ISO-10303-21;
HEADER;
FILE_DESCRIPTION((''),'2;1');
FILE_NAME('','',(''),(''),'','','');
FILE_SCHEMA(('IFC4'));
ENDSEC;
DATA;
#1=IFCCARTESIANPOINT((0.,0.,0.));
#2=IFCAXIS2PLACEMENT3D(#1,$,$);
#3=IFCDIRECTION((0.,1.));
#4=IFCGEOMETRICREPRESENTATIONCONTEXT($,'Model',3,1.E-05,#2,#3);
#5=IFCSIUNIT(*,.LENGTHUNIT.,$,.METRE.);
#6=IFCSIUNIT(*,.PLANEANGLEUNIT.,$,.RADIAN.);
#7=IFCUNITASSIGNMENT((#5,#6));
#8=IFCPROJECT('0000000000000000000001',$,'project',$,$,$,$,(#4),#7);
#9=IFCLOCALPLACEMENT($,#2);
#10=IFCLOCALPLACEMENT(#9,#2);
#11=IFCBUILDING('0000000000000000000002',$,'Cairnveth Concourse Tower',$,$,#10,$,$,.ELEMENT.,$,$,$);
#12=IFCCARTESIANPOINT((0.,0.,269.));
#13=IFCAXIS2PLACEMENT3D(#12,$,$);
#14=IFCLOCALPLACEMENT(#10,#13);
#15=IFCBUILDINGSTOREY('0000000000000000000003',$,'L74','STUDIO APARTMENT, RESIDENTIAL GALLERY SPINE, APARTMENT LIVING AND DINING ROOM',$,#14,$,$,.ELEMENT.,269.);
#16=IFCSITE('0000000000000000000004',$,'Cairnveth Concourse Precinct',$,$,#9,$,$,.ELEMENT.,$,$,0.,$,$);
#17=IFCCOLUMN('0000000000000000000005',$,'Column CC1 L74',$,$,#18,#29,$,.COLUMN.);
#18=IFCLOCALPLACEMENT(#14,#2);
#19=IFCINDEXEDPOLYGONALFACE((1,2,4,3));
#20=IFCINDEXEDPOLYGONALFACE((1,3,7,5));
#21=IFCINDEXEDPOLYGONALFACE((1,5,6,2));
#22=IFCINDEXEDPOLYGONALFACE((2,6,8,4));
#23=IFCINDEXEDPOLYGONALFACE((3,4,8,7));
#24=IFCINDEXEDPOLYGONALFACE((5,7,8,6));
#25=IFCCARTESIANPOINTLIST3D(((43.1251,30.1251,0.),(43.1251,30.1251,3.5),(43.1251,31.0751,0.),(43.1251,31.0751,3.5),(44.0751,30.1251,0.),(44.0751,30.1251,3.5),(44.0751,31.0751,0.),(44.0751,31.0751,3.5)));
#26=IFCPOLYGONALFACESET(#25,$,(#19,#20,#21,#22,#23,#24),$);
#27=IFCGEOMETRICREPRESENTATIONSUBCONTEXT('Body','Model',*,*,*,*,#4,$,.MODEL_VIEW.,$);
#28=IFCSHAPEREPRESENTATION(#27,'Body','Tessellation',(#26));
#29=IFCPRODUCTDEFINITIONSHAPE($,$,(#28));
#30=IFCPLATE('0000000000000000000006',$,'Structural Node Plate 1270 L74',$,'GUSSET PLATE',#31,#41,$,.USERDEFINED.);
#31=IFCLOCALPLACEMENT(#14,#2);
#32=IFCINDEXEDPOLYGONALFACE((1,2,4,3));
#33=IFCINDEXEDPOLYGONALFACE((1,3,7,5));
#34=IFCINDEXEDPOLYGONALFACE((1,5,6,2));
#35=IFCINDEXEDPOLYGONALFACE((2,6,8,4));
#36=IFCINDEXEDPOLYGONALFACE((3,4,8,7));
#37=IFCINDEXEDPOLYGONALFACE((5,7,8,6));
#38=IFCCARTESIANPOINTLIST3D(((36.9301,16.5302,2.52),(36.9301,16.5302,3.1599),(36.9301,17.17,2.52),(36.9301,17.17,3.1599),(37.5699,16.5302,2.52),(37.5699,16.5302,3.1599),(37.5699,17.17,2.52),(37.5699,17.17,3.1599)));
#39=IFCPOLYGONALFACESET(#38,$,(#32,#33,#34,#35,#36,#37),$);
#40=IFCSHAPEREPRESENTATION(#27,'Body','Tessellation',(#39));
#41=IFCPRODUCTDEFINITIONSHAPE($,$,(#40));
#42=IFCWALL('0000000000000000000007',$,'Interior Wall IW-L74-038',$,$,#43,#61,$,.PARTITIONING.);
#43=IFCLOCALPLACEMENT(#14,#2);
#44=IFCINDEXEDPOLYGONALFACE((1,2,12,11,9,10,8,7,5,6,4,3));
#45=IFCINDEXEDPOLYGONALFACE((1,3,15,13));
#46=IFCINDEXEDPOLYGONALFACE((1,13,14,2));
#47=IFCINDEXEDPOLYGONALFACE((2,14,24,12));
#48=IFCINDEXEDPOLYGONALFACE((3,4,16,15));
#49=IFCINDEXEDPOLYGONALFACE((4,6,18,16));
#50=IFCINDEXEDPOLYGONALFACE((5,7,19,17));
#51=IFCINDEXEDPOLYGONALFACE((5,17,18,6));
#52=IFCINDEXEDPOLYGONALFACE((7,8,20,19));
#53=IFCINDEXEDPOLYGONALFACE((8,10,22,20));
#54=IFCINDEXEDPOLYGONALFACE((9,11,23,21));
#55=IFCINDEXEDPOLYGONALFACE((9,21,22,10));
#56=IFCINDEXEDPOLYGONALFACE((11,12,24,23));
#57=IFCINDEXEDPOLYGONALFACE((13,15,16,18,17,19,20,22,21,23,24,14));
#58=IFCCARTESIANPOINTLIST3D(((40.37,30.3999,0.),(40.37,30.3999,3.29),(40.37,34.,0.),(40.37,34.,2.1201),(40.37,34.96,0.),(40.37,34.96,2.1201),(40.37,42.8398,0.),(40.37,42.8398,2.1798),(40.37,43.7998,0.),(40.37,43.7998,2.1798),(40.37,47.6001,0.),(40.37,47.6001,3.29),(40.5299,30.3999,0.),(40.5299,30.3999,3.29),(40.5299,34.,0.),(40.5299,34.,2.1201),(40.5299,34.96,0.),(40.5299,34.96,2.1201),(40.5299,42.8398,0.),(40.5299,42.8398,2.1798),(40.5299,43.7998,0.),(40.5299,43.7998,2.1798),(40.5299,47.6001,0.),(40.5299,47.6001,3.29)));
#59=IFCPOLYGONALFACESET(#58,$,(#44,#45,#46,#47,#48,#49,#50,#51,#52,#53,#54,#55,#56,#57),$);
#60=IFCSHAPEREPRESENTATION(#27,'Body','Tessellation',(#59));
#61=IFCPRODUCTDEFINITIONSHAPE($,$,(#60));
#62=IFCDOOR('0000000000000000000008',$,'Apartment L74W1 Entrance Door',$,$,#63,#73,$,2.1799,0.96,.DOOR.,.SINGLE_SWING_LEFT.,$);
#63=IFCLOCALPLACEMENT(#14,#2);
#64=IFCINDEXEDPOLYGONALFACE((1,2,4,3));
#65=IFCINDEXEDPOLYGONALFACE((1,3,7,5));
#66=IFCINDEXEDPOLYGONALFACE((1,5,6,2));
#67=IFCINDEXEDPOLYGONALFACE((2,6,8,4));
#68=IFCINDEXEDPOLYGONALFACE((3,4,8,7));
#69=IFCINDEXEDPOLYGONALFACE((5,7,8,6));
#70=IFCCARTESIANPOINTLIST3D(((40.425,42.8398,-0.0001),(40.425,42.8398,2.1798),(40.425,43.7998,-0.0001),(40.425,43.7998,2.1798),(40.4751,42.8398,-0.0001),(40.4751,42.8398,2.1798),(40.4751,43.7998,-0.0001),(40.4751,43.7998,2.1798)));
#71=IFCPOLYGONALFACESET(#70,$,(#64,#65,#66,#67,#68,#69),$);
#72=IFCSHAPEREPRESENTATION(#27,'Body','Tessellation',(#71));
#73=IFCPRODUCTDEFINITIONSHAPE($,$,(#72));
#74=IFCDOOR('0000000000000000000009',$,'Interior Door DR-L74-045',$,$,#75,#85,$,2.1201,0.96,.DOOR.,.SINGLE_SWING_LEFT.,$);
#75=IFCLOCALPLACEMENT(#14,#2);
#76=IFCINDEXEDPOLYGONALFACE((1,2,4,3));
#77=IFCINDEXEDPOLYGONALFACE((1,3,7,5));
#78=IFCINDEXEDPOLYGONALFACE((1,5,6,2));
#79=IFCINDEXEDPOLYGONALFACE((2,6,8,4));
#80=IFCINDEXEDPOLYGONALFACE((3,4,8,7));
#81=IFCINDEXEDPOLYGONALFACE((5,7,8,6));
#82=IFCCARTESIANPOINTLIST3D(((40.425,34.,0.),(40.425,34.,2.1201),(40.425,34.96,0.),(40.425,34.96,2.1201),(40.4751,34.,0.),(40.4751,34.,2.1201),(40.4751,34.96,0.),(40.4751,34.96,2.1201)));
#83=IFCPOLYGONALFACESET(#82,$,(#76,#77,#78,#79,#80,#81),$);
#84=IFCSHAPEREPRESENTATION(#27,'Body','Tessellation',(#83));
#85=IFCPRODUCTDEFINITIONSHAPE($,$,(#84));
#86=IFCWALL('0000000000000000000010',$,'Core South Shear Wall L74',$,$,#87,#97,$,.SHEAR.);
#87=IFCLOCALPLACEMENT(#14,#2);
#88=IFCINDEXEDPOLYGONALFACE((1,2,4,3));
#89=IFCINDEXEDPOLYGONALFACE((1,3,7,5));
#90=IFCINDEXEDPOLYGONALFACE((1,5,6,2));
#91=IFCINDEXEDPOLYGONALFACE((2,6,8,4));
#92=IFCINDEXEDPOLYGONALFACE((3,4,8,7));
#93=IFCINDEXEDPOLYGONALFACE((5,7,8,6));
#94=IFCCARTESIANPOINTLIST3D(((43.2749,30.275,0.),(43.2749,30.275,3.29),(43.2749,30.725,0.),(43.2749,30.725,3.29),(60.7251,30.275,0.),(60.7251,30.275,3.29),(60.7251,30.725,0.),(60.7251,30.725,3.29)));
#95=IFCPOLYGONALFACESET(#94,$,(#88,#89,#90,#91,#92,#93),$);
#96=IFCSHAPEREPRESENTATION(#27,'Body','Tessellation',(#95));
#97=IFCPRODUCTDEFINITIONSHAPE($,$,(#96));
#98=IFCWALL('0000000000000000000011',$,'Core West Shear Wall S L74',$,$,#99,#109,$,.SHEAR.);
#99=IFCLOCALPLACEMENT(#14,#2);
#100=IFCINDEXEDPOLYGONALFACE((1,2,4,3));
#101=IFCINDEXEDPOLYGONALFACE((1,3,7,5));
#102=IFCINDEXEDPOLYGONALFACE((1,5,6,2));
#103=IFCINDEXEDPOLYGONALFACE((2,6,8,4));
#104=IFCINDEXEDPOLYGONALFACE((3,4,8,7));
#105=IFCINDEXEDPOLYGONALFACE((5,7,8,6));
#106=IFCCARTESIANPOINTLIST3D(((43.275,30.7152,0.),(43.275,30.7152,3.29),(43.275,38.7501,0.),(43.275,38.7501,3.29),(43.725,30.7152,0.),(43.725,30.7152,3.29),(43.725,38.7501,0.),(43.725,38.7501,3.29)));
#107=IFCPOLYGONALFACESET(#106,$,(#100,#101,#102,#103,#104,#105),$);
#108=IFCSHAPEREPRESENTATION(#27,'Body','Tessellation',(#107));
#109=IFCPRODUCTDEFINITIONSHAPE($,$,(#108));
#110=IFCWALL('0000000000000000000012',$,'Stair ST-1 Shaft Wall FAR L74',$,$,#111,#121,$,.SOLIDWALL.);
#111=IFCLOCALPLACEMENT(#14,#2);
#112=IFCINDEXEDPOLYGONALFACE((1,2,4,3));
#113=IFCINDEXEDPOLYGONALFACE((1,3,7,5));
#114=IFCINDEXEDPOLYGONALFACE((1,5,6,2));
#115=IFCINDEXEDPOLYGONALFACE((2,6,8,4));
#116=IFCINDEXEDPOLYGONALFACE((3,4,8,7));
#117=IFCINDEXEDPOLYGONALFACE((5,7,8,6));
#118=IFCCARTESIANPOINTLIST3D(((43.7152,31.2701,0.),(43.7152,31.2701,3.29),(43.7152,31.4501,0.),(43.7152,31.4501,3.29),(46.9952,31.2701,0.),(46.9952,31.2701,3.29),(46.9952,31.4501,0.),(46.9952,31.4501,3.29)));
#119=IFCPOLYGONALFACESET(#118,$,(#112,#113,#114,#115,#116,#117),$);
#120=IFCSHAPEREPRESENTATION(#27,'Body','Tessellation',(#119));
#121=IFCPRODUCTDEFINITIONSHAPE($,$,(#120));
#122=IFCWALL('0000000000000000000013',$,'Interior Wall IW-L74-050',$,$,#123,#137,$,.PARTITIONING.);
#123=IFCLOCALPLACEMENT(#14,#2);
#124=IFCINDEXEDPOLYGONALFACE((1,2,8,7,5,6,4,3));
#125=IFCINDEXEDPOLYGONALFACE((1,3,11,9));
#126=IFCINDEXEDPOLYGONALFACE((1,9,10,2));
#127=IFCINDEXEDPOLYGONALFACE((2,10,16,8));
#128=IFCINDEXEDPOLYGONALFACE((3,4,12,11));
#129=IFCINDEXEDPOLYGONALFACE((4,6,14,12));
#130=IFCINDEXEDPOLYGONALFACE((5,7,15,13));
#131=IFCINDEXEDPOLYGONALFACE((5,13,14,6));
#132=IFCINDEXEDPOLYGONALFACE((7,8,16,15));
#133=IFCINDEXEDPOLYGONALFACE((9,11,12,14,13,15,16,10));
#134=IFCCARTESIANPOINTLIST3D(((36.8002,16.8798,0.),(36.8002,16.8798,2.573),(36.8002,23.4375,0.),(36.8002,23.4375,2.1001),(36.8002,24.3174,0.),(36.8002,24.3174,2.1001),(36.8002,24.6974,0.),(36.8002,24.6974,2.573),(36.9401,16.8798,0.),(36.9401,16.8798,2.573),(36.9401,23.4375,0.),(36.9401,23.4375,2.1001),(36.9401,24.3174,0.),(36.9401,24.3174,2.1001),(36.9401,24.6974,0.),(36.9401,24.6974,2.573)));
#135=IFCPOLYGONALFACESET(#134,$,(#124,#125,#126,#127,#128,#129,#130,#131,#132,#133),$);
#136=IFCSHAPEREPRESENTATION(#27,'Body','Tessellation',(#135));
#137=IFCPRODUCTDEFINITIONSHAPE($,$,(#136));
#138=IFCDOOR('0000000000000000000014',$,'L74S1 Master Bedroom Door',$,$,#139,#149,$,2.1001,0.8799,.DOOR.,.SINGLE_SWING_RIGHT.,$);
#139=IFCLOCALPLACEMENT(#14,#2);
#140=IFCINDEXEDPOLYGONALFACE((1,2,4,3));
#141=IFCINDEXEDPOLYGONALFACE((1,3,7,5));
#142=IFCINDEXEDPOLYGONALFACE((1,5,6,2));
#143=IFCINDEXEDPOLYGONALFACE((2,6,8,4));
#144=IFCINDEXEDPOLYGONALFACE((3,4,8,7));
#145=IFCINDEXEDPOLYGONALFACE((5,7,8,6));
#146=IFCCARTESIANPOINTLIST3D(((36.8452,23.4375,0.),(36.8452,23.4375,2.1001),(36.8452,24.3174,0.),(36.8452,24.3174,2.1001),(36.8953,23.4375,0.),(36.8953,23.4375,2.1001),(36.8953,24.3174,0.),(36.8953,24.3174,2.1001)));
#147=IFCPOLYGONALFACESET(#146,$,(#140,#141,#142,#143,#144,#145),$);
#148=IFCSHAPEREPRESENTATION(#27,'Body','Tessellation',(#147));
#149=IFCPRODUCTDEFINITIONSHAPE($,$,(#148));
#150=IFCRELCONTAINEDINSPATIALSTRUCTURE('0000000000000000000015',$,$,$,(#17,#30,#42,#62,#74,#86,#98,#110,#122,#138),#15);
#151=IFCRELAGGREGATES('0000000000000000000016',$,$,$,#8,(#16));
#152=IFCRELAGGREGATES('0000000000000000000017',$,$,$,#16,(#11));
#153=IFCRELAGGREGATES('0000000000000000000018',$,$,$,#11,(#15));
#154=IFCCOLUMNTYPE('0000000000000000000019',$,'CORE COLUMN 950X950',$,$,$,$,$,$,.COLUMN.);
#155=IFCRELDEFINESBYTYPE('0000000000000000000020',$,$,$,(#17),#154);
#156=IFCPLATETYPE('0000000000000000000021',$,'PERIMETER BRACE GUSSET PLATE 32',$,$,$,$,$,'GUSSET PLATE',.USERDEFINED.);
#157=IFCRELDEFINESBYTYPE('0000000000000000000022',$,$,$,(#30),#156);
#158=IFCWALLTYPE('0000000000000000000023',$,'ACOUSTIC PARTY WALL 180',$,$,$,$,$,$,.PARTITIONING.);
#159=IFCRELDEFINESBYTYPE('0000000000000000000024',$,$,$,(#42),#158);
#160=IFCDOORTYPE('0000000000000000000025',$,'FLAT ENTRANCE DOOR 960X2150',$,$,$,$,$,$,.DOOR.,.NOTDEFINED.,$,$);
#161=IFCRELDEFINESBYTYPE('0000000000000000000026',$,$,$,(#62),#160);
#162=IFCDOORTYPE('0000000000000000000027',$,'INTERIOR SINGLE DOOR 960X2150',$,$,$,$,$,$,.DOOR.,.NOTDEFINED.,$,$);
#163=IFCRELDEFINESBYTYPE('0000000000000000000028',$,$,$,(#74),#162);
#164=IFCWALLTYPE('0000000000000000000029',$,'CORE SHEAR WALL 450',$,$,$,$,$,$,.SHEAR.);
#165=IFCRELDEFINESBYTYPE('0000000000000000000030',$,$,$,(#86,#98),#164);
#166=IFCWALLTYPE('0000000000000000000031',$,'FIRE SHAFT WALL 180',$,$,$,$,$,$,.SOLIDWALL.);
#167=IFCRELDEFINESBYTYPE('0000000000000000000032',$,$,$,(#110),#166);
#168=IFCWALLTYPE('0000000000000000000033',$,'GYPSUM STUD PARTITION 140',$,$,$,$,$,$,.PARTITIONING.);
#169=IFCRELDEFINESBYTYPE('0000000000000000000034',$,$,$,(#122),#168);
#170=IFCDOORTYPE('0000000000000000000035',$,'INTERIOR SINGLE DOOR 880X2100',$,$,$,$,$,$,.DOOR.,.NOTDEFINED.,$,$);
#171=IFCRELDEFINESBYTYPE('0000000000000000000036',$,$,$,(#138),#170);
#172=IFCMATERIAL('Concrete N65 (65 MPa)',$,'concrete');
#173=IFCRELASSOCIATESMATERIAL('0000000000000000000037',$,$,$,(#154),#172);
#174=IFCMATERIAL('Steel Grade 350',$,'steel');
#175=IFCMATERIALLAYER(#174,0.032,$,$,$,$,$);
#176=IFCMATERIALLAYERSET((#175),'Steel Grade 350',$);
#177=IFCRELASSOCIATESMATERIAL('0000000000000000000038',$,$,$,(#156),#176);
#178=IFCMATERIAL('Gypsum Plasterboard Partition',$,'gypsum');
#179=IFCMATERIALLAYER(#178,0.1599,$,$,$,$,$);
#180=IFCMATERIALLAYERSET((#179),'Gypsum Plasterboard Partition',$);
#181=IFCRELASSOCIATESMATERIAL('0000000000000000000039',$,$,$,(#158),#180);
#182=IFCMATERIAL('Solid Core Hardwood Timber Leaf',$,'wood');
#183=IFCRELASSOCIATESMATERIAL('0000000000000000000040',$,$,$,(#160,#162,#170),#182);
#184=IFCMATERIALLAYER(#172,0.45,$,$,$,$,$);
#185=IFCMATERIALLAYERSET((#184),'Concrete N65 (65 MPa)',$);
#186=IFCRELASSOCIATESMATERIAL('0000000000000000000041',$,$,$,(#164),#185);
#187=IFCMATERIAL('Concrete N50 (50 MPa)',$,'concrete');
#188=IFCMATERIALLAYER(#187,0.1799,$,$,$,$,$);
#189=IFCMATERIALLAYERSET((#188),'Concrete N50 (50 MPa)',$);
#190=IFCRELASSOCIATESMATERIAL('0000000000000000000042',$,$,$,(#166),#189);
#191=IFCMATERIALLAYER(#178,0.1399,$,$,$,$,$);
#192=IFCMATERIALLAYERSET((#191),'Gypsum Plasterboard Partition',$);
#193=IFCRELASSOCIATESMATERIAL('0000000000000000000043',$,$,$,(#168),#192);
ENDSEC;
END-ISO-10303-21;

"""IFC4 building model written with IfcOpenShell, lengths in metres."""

from ifc_helpers import new_model, si_unit, direction, frame, frame_2d, origin, origin_2d, place, context, subcontext, project, spatial, rectangle, extrude, material, layer, layer_set, material_profile, profile_set, type_object, element, fill, save


model = new_model("IFC4")

# Units and contexts
model_context = context("Model", 3, precision=1e-05, world=origin(), true_north=direction((0.0, 1.0)))
body_context = subcontext(model_context, "Body", "Model", "MODEL_VIEW")
ifc_project = project(units=[si_unit("LENGTHUNIT", "METRE"), si_unit("PLANEANGLEUNIT", "RADIAN")], contexts=[model_context])

# Site, building, storey
site_placement = place(None, origin())
site = spatial("IfcSite", under=ifc_project, at=site_placement, Name="Cairnveth Concourse Precinct", CompositionType="ELEMENT", RefElevation=0.0)
building_placement = place(site_placement, origin())
building = spatial("IfcBuilding", under=site, at=building_placement, Name="Cairnveth Concourse Tower", CompositionType="ELEMENT")
storey_placement = place(building_placement, frame((0.0, 0.0, 269.0)))
storey = spatial("IfcBuildingStorey", under=building, at=storey_placement, Name="L74", Description="STUDIO APARTMENT, RESIDENTIAL GALLERY SPINE, APARTMENT LIVING AND DINING ROOM", CompositionType="ELEMENT", Elevation=269.0)

# Column
ifc_material_1 = material(Name="Concrete N65 (65 MPa)", Category="concrete")
ifc_material_profile = material_profile(ifc_material_1, rectangle(XDim=0.95, YDim=0.95, at=origin_2d()), Name="RC-COL-950x950")
ifc_profile_set = profile_set([ifc_material_profile], Name="Concrete N65 (65 MPa)")
column_type = type_object("IfcColumnType", Name="CORE COLUMN 950X950", PredefinedType="COLUMN", material=ifc_profile_set)
column_placement = place(storey_placement, frame((43.6001, 30.6001, 0.0), z_axis=(0.0, 0.0, 1.0), x_axis=(1.0, 0.0, 0.0)))
element("IfcColumn", 1, at=column_placement, inside=storey, type_object=column_type, Name="Column CC1 L74", PredefinedType="COLUMN", context=body_context, shape_type="SweptSolid", body=[
    extrude(rectangle(XDim=0.95, YDim=0.95, at=origin_2d()), origin(), (0.0, 0.0, 1.0), 3.5),
])

# Plate
ifc_material_2 = material(Name="Steel Grade 350", Category="steel")
ifc_layer_1 = layer(ifc_material_2, 0.032)
ifc_layer_set_1 = layer_set([ifc_layer_1], Name="Steel Grade 350")
plate_type = type_object("IfcPlateType", Name="PERIMETER BRACE GUSSET PLATE 32", ElementType="GUSSET PLATE", PredefinedType="USERDEFINED", material=ifc_layer_set_1)
plate_placement = place(storey_placement, frame((37.25, 16.8501, 2.52), z_axis=(0.0, 0.0, 1.0), x_axis=(1.0, 0.0, 0.0)))
element("IfcPlate", 2, at=plate_placement, inside=storey, type_object=plate_type, Name="Structural Node Plate 1270 L74", ObjectType="GUSSET PLATE", PredefinedType="USERDEFINED", context=body_context, shape_type="SweptSolid", body=[
    extrude(rectangle(XDim=0.6399, YDim=0.6399, at=origin_2d()), origin(), (0.0, 0.0, 1.0), 0.6399),
])

# Wall, openings, doors
ifc_material_3 = material(Name="Gypsum Plasterboard Partition", Category="gypsum")
ifc_layer_2 = layer(ifc_material_3, 0.1599)
ifc_layer_set_2 = layer_set([ifc_layer_2], Name="Gypsum Plasterboard Partition")
wall_type_1 = type_object("IfcWallType", Name="ACOUSTIC PARTY WALL 180", PredefinedType="PARTITIONING", material=ifc_layer_set_2)
wall_1_placement = place(storey_placement, frame((40.45, 30.3999, 0.0), z_axis=(0.0, 0.0, 1.0), x_axis=(0.0, 1.0, 0.0)))
wall_1 = element("IfcWall", 3, at=wall_1_placement, inside=storey, type_object=wall_type_1, Name="Interior Wall IW-L74-038", PredefinedType="PARTITIONING", context=body_context, shape_type="SweptSolid", body=[
    extrude(rectangle(XDim=17.2002, YDim=0.1599, at=frame_2d((8.6001, 0.0))), origin(), (0.0, 0.0, 1.0), 3.29),
])
opening_1_placement = place(wall_1_placement, frame((3.6001, 0.0, 0.0)))
opening_1 = element("IfcOpeningElement", 4, at=opening_1_placement, cuts=wall_1, PredefinedType="OPENING", context=body_context, shape_type="SweptSolid", body=[
    extrude(rectangle(XDim=0.96, YDim=2.1201, at=frame_2d((0.48, 1.0601))), frame((0.0, 0.0898, 0.0), z_axis=(0.0, -1.0, 0.0), x_axis=(1.0, 0.0, 0.0)), (0.0, 0.0, 1.0), 0.1799),
])
opening_2_placement = place(wall_1_placement, frame((12.4399, 0.0, 0.0)))
opening_2 = element("IfcOpeningElement", 5, at=opening_2_placement, cuts=wall_1, PredefinedType="OPENING", context=body_context, shape_type="SweptSolid", body=[
    extrude(rectangle(XDim=0.96, YDim=2.1799, at=frame_2d((0.48, 1.0898))), frame((0.0, 0.0898, 0.0), z_axis=(0.0, -1.0, 0.0), x_axis=(1.0, 0.0, 0.0)), (0.0, 0.0, 1.0), 0.1799),
])
ifc_material_4 = material(Name="Solid Core Hardwood Timber Leaf", Category="wood")
door_type_1 = type_object("IfcDoorType", Name="FLAT ENTRANCE DOOR 960X2150", OperationType="NOTDEFINED", PredefinedType="DOOR", material=ifc_material_4)
door_1_placement = place(opening_2_placement, origin())
door_1 = element("IfcDoor", 6, at=door_1_placement, inside=storey, type_object=door_type_1, Name="Apartment L74W1 Entrance Door", OperationType="SINGLE_SWING_LEFT", OverallHeight=2.1799, OverallWidth=0.96, PredefinedType="DOOR", context=body_context, shape_type="SweptSolid", body=[
    extrude(rectangle(XDim=0.96, YDim=2.1799, at=frame_2d((0.48, 1.0898))), frame((0.0, 0.0249, 0.0), z_axis=(0.0, -1.0, 0.0), x_axis=(1.0, 0.0, 0.0)), (0.0, 0.0, 1.0), 0.05),
])
fill(opening_2, door_1)
door_type_2 = type_object("IfcDoorType", Name="INTERIOR SINGLE DOOR 960X2150", OperationType="NOTDEFINED", PredefinedType="DOOR", material=ifc_material_4)
door_2_placement = place(opening_1_placement, origin())
door_2 = element("IfcDoor", 7, at=door_2_placement, inside=storey, type_object=door_type_2, Name="Interior Door DR-L74-045", OperationType="SINGLE_SWING_LEFT", OverallHeight=2.1201, OverallWidth=0.96, PredefinedType="DOOR", context=body_context, shape_type="SweptSolid", body=[
    extrude(rectangle(XDim=0.96, YDim=2.1201, at=frame_2d((0.48, 1.0601))), frame((0.0, 0.0249, 0.0), z_axis=(0.0, -1.0, 0.0), x_axis=(1.0, 0.0, 0.0)), (0.0, 0.0, 1.0), 0.05),
])
fill(opening_1, door_2)

# Walls
ifc_layer_3 = layer(ifc_material_1, 0.45)
ifc_layer_set_3 = layer_set([ifc_layer_3], Name="Concrete N65 (65 MPa)")
wall_type_2 = type_object("IfcWallType", Name="CORE SHEAR WALL 450", PredefinedType="SHEAR", material=ifc_layer_set_3)
wall_2_placement = place(storey_placement, frame((43.2749, 30.5, 0.0), z_axis=(0.0, 0.0, 1.0), x_axis=(1.0, 0.0, 0.0)))
element("IfcWall", 8, at=wall_2_placement, inside=storey, type_object=wall_type_2, Name="Core South Shear Wall L74", PredefinedType="SHEAR", context=body_context, shape_type="SweptSolid", body=[
    extrude(rectangle(XDim=17.4502, YDim=0.45, at=frame_2d((8.7251, 0.0))), origin(), (0.0, 0.0, 1.0), 3.29),
])
wall_3_placement = place(storey_placement, frame((43.5, 30.7151, 0.0), z_axis=(0.0, 0.0, 1.0), x_axis=(0.0, 1.0, 0.0)))
element("IfcWall", 9, at=wall_3_placement, inside=storey, type_object=wall_type_2, Name="Core West Shear Wall S L74", PredefinedType="SHEAR", context=body_context, shape_type="SweptSolid", body=[
    extrude(rectangle(XDim=8.0349, YDim=0.45, at=frame_2d((4.0176, 0.0))), origin(), (0.0, 0.0, 1.0), 3.29),
])
ifc_material_5 = material(Name="Concrete N50 (50 MPa)", Category="concrete")
ifc_layer_4 = layer(ifc_material_5, 0.1799)
ifc_layer_set_4 = layer_set([ifc_layer_4], Name="Concrete N50 (50 MPa)")
wall_type_3 = type_object("IfcWallType", Name="FIRE SHAFT WALL 180", PredefinedType="SOLIDWALL", material=ifc_layer_set_4)
wall_4_placement = place(storey_placement, frame((43.7151, 31.3601, 0.0), z_axis=(0.0, 0.0, 1.0), x_axis=(1.0, 0.0, 0.0)))
element("IfcWall", 10, at=wall_4_placement, inside=storey, type_object=wall_type_3, Name="Stair ST-1 Shaft Wall FAR L74", PredefinedType="SOLIDWALL", context=body_context, shape_type="SweptSolid", body=[
    extrude(rectangle(XDim=3.28, YDim=0.1799, at=frame_2d((1.6401, 0.0))), origin(), (0.0, 0.0, 1.0), 3.29),
])

# Wall, opening, door
ifc_layer_5 = layer(ifc_material_3, 0.1399)
ifc_layer_set_5 = layer_set([ifc_layer_5], Name="Gypsum Plasterboard Partition")
wall_type_4 = type_object("IfcWallType", Name="GYPSUM STUD PARTITION 140", PredefinedType="PARTITIONING", material=ifc_layer_set_5)
wall_5_placement = place(storey_placement, frame((36.8701, 16.8799, 0.0), z_axis=(0.0, 0.0, 1.0), x_axis=(0.0, 1.0, 0.0)))
wall_5 = element("IfcWall", 11, at=wall_5_placement, inside=storey, type_object=wall_type_4, Name="Interior Wall IW-L74-050", PredefinedType="PARTITIONING", context=body_context, shape_type="SweptSolid", body=[
    extrude(rectangle(XDim=7.8176, YDim=0.1399, at=frame_2d((3.9087, 0.0))), origin(), (0.0, 0.0, 1.0), 2.573),
])
opening_3_placement = place(wall_5_placement, frame((6.5576, 0.0, 0.0)))
opening_3 = element("IfcOpeningElement", 12, at=opening_3_placement, cuts=wall_5, PredefinedType="OPENING", context=body_context, shape_type="SweptSolid", body=[
    extrude(rectangle(XDim=0.8799, YDim=2.1001, at=frame_2d((0.4399, 1.05))), frame((0.0, 0.0798, 0.0), z_axis=(0.0, -1.0, 0.0), x_axis=(1.0, 0.0, 0.0)), (0.0, 0.0, 1.0), 0.1599),
])
door_type_3 = type_object("IfcDoorType", Name="INTERIOR SINGLE DOOR 880X2100", OperationType="NOTDEFINED", PredefinedType="DOOR", material=ifc_material_4)
door_3_placement = place(opening_3_placement, origin())
door_3 = element("IfcDoor", 13, at=door_3_placement, inside=storey, type_object=door_type_3, Name="L74S1 Master Bedroom Door", OperationType="SINGLE_SWING_RIGHT", OverallHeight=2.1001, OverallWidth=0.8799, PredefinedType="DOOR", context=body_context, shape_type="SweptSolid", body=[
    extrude(rectangle(XDim=0.8799, YDim=2.1001, at=frame_2d((0.4399, 1.05))), frame((0.0, 0.0249, 0.0), z_axis=(0.0, -1.0, 0.0), x_axis=(1.0, 0.0, 0.0)), (0.0, 0.0, 1.0), 0.05),
])
fill(opening_3, door_3)

save(model, "model.ifc")
